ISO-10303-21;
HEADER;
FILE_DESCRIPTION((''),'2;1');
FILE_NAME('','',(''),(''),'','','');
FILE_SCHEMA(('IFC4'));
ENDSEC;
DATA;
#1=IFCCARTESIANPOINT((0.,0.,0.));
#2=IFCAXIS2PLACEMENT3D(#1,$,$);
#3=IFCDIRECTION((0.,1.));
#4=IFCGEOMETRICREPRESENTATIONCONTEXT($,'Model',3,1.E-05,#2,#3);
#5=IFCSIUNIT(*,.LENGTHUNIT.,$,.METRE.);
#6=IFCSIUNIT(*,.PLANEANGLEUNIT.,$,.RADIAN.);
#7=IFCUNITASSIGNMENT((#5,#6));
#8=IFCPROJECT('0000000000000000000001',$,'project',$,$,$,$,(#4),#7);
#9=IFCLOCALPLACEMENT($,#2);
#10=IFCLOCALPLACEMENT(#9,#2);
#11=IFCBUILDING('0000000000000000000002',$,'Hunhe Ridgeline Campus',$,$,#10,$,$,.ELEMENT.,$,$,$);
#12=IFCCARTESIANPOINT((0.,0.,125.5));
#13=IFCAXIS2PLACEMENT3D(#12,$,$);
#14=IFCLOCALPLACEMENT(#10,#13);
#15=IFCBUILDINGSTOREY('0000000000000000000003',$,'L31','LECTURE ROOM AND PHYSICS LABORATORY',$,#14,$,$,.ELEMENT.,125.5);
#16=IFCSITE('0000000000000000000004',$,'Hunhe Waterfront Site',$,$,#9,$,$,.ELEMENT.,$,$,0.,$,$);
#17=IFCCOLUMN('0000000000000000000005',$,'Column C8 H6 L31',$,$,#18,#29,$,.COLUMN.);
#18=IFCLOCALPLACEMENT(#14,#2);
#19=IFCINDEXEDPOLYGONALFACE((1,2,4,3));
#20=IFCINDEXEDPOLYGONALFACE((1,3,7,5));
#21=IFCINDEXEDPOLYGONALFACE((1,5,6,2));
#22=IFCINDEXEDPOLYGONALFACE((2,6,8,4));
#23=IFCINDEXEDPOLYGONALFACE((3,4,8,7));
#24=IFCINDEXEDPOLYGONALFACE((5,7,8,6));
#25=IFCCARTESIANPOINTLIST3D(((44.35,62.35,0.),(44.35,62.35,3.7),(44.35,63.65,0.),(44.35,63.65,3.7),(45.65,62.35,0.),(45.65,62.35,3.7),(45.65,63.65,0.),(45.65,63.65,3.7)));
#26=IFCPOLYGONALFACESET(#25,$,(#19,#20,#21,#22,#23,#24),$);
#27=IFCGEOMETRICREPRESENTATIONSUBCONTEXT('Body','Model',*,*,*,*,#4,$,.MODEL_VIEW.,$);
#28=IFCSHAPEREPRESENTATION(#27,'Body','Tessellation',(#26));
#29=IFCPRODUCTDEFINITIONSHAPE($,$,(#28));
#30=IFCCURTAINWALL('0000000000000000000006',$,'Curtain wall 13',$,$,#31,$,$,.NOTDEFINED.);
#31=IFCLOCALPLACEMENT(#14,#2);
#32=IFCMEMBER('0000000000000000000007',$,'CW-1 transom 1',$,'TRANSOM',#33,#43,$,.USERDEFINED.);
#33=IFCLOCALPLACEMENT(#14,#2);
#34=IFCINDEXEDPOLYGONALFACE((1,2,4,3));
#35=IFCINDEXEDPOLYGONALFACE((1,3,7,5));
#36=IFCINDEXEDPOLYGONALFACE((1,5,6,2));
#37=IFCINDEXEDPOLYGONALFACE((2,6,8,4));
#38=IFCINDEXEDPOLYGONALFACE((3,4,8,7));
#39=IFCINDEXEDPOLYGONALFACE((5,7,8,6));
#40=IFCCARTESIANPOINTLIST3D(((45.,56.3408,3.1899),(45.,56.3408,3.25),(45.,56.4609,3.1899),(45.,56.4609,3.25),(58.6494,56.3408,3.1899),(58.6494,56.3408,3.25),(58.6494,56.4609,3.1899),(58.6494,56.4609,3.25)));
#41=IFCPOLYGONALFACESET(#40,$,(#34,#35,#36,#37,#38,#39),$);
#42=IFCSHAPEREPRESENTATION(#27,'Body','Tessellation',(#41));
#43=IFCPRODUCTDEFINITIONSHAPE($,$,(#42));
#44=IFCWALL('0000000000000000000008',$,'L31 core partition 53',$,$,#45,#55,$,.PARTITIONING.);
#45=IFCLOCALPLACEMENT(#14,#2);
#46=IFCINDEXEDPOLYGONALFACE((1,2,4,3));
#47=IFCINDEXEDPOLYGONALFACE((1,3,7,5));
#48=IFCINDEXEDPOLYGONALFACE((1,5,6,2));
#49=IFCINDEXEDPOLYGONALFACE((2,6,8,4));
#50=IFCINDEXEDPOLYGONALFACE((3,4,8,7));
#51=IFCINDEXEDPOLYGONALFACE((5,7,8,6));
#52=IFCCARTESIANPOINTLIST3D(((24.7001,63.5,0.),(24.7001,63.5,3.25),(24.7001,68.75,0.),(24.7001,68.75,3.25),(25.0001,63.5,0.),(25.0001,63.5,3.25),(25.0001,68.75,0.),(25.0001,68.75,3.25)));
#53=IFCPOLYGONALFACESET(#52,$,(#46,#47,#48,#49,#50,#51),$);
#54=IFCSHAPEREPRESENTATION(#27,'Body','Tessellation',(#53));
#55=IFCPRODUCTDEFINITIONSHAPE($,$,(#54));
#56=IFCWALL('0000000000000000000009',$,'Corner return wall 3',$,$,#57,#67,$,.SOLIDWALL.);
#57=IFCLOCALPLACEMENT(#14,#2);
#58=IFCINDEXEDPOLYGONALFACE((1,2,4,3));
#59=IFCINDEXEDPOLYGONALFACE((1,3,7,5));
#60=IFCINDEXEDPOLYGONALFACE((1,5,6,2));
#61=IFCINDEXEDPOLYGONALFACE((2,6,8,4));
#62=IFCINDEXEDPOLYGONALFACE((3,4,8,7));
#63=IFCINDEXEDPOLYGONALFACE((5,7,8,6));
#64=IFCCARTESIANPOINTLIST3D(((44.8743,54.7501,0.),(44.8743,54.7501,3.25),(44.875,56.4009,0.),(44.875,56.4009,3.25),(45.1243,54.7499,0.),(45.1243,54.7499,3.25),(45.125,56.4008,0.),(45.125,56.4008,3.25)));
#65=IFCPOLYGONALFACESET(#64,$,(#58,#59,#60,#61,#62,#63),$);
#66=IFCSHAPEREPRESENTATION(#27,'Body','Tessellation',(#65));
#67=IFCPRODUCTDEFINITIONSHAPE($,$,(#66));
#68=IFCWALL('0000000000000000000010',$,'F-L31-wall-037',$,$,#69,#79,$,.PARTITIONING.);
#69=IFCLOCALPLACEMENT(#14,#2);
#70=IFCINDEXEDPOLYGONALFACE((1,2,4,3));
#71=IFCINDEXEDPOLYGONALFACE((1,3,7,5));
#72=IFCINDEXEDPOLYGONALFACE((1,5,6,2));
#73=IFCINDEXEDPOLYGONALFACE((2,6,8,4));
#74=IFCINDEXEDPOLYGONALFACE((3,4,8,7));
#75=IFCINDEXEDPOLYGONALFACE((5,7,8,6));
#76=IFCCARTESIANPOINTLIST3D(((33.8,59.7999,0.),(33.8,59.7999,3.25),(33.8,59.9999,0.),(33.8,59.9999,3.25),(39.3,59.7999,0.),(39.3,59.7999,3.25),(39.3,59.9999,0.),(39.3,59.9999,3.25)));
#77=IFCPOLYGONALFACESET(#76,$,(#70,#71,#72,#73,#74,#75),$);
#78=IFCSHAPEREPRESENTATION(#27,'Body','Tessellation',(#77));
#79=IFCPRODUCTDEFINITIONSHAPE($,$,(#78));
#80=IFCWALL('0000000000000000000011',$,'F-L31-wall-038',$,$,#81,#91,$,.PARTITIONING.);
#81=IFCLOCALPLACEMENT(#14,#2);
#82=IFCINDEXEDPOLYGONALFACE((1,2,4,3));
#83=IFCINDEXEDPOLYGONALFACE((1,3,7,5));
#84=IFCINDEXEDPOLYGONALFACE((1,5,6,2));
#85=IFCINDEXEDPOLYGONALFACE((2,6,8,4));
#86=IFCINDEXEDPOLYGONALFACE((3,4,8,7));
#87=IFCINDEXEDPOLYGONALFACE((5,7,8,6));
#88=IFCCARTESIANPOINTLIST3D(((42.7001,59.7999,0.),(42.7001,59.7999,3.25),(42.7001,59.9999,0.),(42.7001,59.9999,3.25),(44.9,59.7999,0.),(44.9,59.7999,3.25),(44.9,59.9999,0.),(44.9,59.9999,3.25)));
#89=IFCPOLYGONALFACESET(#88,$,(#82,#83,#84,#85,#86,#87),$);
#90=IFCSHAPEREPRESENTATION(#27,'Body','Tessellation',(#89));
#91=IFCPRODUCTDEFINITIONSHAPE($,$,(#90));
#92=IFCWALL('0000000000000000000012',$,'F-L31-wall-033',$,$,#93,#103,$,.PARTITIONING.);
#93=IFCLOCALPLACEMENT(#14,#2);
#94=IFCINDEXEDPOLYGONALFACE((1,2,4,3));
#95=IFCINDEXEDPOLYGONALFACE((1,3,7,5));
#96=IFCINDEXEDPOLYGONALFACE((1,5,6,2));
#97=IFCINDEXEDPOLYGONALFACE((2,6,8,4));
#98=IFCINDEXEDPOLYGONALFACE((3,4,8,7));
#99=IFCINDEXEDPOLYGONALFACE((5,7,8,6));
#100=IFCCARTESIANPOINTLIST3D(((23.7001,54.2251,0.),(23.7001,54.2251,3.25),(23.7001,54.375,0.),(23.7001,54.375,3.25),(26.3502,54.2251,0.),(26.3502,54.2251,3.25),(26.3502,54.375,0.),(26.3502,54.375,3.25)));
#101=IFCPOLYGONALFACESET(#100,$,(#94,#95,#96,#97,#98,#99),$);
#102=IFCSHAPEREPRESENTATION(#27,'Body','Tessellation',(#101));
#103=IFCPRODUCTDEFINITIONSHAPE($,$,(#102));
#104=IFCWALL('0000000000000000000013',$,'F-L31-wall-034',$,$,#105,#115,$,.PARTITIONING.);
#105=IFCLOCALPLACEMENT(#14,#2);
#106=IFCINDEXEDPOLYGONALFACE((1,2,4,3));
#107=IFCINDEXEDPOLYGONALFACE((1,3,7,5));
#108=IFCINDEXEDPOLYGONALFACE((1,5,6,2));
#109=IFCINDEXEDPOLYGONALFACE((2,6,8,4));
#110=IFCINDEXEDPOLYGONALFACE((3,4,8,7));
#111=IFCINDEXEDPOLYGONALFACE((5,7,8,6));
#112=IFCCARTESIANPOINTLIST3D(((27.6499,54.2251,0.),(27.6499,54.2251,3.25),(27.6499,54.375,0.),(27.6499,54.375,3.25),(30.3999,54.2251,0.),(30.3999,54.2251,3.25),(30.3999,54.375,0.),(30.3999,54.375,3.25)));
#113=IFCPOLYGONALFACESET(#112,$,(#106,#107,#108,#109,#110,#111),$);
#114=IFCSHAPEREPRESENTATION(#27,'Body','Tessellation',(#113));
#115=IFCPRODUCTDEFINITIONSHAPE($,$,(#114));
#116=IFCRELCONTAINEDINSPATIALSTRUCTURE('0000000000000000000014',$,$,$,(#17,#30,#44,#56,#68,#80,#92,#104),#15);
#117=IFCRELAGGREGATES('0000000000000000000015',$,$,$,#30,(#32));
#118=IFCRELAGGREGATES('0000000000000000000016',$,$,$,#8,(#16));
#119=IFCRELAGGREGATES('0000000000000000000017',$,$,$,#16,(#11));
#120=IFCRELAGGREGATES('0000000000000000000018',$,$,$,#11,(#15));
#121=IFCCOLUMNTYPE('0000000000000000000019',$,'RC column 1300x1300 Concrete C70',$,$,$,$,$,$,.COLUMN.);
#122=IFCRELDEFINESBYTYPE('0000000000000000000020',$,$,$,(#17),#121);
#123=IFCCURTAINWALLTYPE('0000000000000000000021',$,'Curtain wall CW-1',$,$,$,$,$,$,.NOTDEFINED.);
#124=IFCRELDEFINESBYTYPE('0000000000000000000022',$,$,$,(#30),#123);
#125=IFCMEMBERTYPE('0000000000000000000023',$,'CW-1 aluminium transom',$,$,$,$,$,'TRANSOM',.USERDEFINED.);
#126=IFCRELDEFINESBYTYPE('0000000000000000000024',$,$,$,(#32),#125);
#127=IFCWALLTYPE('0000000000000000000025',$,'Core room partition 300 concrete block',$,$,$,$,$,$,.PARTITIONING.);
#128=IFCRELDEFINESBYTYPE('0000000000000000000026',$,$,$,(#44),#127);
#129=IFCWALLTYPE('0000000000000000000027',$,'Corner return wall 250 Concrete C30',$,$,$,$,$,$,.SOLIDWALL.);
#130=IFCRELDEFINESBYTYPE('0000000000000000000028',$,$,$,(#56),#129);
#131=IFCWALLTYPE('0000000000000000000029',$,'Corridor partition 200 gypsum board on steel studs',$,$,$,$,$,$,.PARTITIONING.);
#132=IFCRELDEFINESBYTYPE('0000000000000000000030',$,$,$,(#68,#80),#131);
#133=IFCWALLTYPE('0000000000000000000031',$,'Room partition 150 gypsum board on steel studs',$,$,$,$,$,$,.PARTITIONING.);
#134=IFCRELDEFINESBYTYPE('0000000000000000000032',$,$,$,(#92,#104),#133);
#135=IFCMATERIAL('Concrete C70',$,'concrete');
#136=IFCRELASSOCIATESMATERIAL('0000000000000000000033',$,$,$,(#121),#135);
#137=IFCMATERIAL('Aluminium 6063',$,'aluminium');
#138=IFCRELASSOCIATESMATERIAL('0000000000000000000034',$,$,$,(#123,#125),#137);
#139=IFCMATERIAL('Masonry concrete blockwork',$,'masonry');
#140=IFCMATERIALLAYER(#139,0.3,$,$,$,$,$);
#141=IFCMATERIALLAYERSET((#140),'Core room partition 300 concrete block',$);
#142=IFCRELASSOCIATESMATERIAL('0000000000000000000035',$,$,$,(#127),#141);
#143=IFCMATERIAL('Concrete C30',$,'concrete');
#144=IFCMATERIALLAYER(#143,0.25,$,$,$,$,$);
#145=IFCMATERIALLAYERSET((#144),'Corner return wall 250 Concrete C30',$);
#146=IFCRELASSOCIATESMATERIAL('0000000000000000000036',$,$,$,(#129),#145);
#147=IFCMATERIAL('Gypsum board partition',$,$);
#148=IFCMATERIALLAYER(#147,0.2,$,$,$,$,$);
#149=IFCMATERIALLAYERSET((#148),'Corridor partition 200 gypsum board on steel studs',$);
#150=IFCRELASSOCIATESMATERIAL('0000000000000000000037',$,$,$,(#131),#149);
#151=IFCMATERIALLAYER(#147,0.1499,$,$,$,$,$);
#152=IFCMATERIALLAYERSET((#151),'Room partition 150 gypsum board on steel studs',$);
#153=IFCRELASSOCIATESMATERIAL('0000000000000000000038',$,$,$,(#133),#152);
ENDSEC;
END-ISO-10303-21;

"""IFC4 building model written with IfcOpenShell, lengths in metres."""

from ifc_helpers import new_model, si_unit, direction, frame, frame_2d, origin, origin_2d, place, context, subcontext, project, spatial, rectangle, extrude, material, layer, layer_set, material_profile, profile_set, type_object, element, aggregate, save


model = new_model("IFC4")

# Units and contexts
model_context = context("Model", 3, precision=1e-05, world=origin(), true_north=direction((0.0, 1.0)))
body_context = subcontext(model_context, "Body", "Model", "MODEL_VIEW")
ifc_project = project(units=[si_unit("LENGTHUNIT", "METRE"), si_unit("PLANEANGLEUNIT", "RADIAN")], contexts=[model_context])

# Site, building, storey
site_placement = place(None, origin())
site = spatial("IfcSite", under=ifc_project, at=site_placement, Name="Hunhe Waterfront Site", CompositionType="ELEMENT", RefElevation=0.0)
building_placement = place(site_placement, origin())
building = spatial("IfcBuilding", under=site, at=building_placement, Name="Hunhe Ridgeline Campus", CompositionType="ELEMENT")
storey_placement = place(building_placement, frame((0.0, 0.0, 125.5)))
storey = spatial("IfcBuildingStorey", under=building, at=storey_placement, Name="L31", Description="LECTURE ROOM AND PHYSICS LABORATORY", CompositionType="ELEMENT", Elevation=125.5)

# Column
ifc_material_1 = material(Name="Concrete C70", Category="concrete")
ifc_material_profile_1 = material_profile(ifc_material_1, rectangle(XDim=1.3, YDim=1.3, at=origin_2d()))
ifc_profile_set_1 = profile_set([ifc_material_profile_1], Name="Concrete C70")
column_type = type_object("IfcColumnType", Name="RC column 1300x1300 Concrete C70", PredefinedType="COLUMN", material=ifc_profile_set_1)
column_placement = place(storey_placement, frame((45.0, 63.0, 0.0), z_axis=(0.0, 0.0, 1.0), x_axis=(1.0, 0.0, 0.0)))
element("IfcColumn", 1, at=column_placement, inside=storey, type_object=column_type, Name="Column C8 H6 L31", PredefinedType="COLUMN", context=body_context, shape_type="SweptSolid", body=[
    extrude(rectangle(XDim=1.3, YDim=1.3, at=origin_2d()), origin(), (0.0, 0.0, 1.0), 3.7),
])

# Curtain wall, member
ifc_material_2 = material(Name="Aluminium 6063", Category="aluminium")
curtain_wall_type = type_object("IfcCurtainWallType", Name="Curtain wall CW-1", PredefinedType="NOTDEFINED", material=ifc_material_2)
curtain_wall_placement = place(storey_placement, origin())
curtain_wall = element("IfcCurtainWall", 2, at=curtain_wall_placement, inside=storey, type_object=curtain_wall_type, Name="Curtain wall 13", PredefinedType="NOTDEFINED")
ifc_material_profile_2 = material_profile(ifc_material_2, rectangle(XDim=0.1201, YDim=0.0601, at=origin_2d()))
ifc_profile_set_2 = profile_set([ifc_material_profile_2], Name="Aluminium 6063")
member_type = type_object("IfcMemberType", Name="CW-1 aluminium transom", ElementType="TRANSOM", PredefinedType="USERDEFINED", material=ifc_profile_set_2)
member_placement = place(storey_placement, frame((45.0, 56.4009, 3.22), z_axis=(1.0, 0.0, 0.0), x_axis=(0.0, 1.0, 0.0)))
member = element("IfcMember", 3, at=member_placement, type_object=member_type, Name="CW-1 transom 1", ObjectType="TRANSOM", PredefinedType="USERDEFINED", context=body_context, shape_type="SweptSolid", body=[
    extrude(rectangle(XDim=0.1201, YDim=0.0601, at=origin_2d()), origin(), (0.0, 0.0, 1.0), 13.6494),
])
aggregate(curtain_wall, [member])

# Walls
ifc_material_3 = material(Name="Masonry concrete blockwork", Category="masonry")
ifc_layer_1 = layer(ifc_material_3, 0.3)
ifc_layer_set_1 = layer_set([ifc_layer_1], Name="Core room partition 300 concrete block")
wall_type_1 = type_object("IfcWallType", Name="Core room partition 300 concrete block", PredefinedType="PARTITIONING", material=ifc_layer_set_1)
wall_1_placement = place(storey_placement, frame((24.8501, 63.5, 0.0), z_axis=(0.0, 0.0, 1.0), x_axis=(0.0, 1.0, 0.0)))
element("IfcWall", 4, at=wall_1_placement, inside=storey, type_object=wall_type_1, Name="L31 core partition 53", PredefinedType="PARTITIONING", context=body_context, shape_type="SweptSolid", body=[
    extrude(rectangle(XDim=5.25, YDim=0.3, at=frame_2d((2.625, 0.0))), origin(), (0.0, 0.0, 1.0), 3.25),
])
ifc_material_4 = material(Name="Concrete C30", Category="concrete")
ifc_layer_2 = layer(ifc_material_4, 0.25)
ifc_layer_set_2 = layer_set([ifc_layer_2], Name="Corner return wall 250 Concrete C30")
wall_type_2 = type_object("IfcWallType", Name="Corner return wall 250 Concrete C30", PredefinedType="SOLIDWALL", material=ifc_layer_set_2)
wall_2_placement = place(storey_placement, frame((44.9993, 54.75, 0.0), z_axis=(0.0, 0.0, 1.0), x_axis=(0.000444, 1.0, 0.0)))
element("IfcWall", 5, at=wall_2_placement, inside=storey, type_object=wall_type_2, Name="Corner return wall 3", PredefinedType="SOLIDWALL", context=body_context, shape_type="SweptSolid", body=[
    extrude(rectangle(XDim=1.6509, YDim=0.25, at=frame_2d((0.8254, 0.0))), origin(), (0.0, 0.0, 1.0), 3.25),
])

# Shared definitions
ifc_material_5 = material(Name="Gypsum board partition")
ifc_layer_3 = layer(ifc_material_5, 0.2)
ifc_layer_set_3 = layer_set([ifc_layer_3], Name="Corridor partition 200 gypsum board on steel studs")
wall_type_3 = type_object("IfcWallType", Name="Corridor partition 200 gypsum board on steel studs", PredefinedType="PARTITIONING", material=ifc_layer_set_3)

# Walls
wall_3_placement = place(storey_placement, frame((39.3, 59.8999, 0.0), z_axis=(0.0, 0.0, 1.0), x_axis=(-1.0, 0.0, 0.0)))
element("IfcWall", 6, at=wall_3_placement, inside=storey, type_object=wall_type_3, Name="F-L31-wall-037", PredefinedType="PARTITIONING", context=body_context, shape_type="SweptSolid", body=[
    extrude(rectangle(XDim=5.5, YDim=0.2, at=frame_2d((2.75, 0.0))), origin(), (0.0, 0.0, 1.0), 3.25),
])
wall_4_placement = place(storey_placement, frame((42.7, 59.8999, 0.0), z_axis=(0.0, 0.0, 1.0), x_axis=(1.0, 0.0, 0.0)))
element("IfcWall", 7, at=wall_4_placement, inside=storey, type_object=wall_type_3, Name="F-L31-wall-038", PredefinedType="PARTITIONING", context=body_context, shape_type="SweptSolid", body=[
    extrude(rectangle(XDim=2.2, YDim=0.2, at=frame_2d((1.1001, 0.0))), origin(), (0.0, 0.0, 1.0), 3.25),
])

# Walls
ifc_layer_4 = layer(ifc_material_5, 0.1499)
ifc_layer_set_4 = layer_set([ifc_layer_4], Name="Room partition 150 gypsum board on steel studs")
wall_type_4 = type_object("IfcWallType", Name="Room partition 150 gypsum board on steel studs", PredefinedType="PARTITIONING", material=ifc_layer_set_4)
wall_5_placement = place(storey_placement, frame((23.7, 54.3, 0.0), z_axis=(0.0, 0.0, 1.0), x_axis=(1.0, 0.0, 0.0)))
element("IfcWall", 8, at=wall_5_placement, inside=storey, type_object=wall_type_4, Name="F-L31-wall-033", PredefinedType="PARTITIONING", context=body_context, shape_type="SweptSolid", body=[
    extrude(rectangle(XDim=2.6501, YDim=0.1499, at=frame_2d((1.3252, 0.0))), origin(), (0.0, 0.0, 1.0), 3.25),
])
wall_6_placement = place(storey_placement, frame((27.6499, 54.3, 0.0), z_axis=(0.0, 0.0, 1.0), x_axis=(1.0, 0.0, 0.0)))
element("IfcWall", 9, at=wall_6_placement, inside=storey, type_object=wall_type_4, Name="F-L31-wall-034", PredefinedType="PARTITIONING", context=body_context, shape_type="SweptSolid", body=[
    extrude(rectangle(XDim=2.75, YDim=0.1499, at=frame_2d((1.375, 0.0))), origin(), (0.0, 0.0, 1.0), 3.25),
])

save(model, "model.ifc")
